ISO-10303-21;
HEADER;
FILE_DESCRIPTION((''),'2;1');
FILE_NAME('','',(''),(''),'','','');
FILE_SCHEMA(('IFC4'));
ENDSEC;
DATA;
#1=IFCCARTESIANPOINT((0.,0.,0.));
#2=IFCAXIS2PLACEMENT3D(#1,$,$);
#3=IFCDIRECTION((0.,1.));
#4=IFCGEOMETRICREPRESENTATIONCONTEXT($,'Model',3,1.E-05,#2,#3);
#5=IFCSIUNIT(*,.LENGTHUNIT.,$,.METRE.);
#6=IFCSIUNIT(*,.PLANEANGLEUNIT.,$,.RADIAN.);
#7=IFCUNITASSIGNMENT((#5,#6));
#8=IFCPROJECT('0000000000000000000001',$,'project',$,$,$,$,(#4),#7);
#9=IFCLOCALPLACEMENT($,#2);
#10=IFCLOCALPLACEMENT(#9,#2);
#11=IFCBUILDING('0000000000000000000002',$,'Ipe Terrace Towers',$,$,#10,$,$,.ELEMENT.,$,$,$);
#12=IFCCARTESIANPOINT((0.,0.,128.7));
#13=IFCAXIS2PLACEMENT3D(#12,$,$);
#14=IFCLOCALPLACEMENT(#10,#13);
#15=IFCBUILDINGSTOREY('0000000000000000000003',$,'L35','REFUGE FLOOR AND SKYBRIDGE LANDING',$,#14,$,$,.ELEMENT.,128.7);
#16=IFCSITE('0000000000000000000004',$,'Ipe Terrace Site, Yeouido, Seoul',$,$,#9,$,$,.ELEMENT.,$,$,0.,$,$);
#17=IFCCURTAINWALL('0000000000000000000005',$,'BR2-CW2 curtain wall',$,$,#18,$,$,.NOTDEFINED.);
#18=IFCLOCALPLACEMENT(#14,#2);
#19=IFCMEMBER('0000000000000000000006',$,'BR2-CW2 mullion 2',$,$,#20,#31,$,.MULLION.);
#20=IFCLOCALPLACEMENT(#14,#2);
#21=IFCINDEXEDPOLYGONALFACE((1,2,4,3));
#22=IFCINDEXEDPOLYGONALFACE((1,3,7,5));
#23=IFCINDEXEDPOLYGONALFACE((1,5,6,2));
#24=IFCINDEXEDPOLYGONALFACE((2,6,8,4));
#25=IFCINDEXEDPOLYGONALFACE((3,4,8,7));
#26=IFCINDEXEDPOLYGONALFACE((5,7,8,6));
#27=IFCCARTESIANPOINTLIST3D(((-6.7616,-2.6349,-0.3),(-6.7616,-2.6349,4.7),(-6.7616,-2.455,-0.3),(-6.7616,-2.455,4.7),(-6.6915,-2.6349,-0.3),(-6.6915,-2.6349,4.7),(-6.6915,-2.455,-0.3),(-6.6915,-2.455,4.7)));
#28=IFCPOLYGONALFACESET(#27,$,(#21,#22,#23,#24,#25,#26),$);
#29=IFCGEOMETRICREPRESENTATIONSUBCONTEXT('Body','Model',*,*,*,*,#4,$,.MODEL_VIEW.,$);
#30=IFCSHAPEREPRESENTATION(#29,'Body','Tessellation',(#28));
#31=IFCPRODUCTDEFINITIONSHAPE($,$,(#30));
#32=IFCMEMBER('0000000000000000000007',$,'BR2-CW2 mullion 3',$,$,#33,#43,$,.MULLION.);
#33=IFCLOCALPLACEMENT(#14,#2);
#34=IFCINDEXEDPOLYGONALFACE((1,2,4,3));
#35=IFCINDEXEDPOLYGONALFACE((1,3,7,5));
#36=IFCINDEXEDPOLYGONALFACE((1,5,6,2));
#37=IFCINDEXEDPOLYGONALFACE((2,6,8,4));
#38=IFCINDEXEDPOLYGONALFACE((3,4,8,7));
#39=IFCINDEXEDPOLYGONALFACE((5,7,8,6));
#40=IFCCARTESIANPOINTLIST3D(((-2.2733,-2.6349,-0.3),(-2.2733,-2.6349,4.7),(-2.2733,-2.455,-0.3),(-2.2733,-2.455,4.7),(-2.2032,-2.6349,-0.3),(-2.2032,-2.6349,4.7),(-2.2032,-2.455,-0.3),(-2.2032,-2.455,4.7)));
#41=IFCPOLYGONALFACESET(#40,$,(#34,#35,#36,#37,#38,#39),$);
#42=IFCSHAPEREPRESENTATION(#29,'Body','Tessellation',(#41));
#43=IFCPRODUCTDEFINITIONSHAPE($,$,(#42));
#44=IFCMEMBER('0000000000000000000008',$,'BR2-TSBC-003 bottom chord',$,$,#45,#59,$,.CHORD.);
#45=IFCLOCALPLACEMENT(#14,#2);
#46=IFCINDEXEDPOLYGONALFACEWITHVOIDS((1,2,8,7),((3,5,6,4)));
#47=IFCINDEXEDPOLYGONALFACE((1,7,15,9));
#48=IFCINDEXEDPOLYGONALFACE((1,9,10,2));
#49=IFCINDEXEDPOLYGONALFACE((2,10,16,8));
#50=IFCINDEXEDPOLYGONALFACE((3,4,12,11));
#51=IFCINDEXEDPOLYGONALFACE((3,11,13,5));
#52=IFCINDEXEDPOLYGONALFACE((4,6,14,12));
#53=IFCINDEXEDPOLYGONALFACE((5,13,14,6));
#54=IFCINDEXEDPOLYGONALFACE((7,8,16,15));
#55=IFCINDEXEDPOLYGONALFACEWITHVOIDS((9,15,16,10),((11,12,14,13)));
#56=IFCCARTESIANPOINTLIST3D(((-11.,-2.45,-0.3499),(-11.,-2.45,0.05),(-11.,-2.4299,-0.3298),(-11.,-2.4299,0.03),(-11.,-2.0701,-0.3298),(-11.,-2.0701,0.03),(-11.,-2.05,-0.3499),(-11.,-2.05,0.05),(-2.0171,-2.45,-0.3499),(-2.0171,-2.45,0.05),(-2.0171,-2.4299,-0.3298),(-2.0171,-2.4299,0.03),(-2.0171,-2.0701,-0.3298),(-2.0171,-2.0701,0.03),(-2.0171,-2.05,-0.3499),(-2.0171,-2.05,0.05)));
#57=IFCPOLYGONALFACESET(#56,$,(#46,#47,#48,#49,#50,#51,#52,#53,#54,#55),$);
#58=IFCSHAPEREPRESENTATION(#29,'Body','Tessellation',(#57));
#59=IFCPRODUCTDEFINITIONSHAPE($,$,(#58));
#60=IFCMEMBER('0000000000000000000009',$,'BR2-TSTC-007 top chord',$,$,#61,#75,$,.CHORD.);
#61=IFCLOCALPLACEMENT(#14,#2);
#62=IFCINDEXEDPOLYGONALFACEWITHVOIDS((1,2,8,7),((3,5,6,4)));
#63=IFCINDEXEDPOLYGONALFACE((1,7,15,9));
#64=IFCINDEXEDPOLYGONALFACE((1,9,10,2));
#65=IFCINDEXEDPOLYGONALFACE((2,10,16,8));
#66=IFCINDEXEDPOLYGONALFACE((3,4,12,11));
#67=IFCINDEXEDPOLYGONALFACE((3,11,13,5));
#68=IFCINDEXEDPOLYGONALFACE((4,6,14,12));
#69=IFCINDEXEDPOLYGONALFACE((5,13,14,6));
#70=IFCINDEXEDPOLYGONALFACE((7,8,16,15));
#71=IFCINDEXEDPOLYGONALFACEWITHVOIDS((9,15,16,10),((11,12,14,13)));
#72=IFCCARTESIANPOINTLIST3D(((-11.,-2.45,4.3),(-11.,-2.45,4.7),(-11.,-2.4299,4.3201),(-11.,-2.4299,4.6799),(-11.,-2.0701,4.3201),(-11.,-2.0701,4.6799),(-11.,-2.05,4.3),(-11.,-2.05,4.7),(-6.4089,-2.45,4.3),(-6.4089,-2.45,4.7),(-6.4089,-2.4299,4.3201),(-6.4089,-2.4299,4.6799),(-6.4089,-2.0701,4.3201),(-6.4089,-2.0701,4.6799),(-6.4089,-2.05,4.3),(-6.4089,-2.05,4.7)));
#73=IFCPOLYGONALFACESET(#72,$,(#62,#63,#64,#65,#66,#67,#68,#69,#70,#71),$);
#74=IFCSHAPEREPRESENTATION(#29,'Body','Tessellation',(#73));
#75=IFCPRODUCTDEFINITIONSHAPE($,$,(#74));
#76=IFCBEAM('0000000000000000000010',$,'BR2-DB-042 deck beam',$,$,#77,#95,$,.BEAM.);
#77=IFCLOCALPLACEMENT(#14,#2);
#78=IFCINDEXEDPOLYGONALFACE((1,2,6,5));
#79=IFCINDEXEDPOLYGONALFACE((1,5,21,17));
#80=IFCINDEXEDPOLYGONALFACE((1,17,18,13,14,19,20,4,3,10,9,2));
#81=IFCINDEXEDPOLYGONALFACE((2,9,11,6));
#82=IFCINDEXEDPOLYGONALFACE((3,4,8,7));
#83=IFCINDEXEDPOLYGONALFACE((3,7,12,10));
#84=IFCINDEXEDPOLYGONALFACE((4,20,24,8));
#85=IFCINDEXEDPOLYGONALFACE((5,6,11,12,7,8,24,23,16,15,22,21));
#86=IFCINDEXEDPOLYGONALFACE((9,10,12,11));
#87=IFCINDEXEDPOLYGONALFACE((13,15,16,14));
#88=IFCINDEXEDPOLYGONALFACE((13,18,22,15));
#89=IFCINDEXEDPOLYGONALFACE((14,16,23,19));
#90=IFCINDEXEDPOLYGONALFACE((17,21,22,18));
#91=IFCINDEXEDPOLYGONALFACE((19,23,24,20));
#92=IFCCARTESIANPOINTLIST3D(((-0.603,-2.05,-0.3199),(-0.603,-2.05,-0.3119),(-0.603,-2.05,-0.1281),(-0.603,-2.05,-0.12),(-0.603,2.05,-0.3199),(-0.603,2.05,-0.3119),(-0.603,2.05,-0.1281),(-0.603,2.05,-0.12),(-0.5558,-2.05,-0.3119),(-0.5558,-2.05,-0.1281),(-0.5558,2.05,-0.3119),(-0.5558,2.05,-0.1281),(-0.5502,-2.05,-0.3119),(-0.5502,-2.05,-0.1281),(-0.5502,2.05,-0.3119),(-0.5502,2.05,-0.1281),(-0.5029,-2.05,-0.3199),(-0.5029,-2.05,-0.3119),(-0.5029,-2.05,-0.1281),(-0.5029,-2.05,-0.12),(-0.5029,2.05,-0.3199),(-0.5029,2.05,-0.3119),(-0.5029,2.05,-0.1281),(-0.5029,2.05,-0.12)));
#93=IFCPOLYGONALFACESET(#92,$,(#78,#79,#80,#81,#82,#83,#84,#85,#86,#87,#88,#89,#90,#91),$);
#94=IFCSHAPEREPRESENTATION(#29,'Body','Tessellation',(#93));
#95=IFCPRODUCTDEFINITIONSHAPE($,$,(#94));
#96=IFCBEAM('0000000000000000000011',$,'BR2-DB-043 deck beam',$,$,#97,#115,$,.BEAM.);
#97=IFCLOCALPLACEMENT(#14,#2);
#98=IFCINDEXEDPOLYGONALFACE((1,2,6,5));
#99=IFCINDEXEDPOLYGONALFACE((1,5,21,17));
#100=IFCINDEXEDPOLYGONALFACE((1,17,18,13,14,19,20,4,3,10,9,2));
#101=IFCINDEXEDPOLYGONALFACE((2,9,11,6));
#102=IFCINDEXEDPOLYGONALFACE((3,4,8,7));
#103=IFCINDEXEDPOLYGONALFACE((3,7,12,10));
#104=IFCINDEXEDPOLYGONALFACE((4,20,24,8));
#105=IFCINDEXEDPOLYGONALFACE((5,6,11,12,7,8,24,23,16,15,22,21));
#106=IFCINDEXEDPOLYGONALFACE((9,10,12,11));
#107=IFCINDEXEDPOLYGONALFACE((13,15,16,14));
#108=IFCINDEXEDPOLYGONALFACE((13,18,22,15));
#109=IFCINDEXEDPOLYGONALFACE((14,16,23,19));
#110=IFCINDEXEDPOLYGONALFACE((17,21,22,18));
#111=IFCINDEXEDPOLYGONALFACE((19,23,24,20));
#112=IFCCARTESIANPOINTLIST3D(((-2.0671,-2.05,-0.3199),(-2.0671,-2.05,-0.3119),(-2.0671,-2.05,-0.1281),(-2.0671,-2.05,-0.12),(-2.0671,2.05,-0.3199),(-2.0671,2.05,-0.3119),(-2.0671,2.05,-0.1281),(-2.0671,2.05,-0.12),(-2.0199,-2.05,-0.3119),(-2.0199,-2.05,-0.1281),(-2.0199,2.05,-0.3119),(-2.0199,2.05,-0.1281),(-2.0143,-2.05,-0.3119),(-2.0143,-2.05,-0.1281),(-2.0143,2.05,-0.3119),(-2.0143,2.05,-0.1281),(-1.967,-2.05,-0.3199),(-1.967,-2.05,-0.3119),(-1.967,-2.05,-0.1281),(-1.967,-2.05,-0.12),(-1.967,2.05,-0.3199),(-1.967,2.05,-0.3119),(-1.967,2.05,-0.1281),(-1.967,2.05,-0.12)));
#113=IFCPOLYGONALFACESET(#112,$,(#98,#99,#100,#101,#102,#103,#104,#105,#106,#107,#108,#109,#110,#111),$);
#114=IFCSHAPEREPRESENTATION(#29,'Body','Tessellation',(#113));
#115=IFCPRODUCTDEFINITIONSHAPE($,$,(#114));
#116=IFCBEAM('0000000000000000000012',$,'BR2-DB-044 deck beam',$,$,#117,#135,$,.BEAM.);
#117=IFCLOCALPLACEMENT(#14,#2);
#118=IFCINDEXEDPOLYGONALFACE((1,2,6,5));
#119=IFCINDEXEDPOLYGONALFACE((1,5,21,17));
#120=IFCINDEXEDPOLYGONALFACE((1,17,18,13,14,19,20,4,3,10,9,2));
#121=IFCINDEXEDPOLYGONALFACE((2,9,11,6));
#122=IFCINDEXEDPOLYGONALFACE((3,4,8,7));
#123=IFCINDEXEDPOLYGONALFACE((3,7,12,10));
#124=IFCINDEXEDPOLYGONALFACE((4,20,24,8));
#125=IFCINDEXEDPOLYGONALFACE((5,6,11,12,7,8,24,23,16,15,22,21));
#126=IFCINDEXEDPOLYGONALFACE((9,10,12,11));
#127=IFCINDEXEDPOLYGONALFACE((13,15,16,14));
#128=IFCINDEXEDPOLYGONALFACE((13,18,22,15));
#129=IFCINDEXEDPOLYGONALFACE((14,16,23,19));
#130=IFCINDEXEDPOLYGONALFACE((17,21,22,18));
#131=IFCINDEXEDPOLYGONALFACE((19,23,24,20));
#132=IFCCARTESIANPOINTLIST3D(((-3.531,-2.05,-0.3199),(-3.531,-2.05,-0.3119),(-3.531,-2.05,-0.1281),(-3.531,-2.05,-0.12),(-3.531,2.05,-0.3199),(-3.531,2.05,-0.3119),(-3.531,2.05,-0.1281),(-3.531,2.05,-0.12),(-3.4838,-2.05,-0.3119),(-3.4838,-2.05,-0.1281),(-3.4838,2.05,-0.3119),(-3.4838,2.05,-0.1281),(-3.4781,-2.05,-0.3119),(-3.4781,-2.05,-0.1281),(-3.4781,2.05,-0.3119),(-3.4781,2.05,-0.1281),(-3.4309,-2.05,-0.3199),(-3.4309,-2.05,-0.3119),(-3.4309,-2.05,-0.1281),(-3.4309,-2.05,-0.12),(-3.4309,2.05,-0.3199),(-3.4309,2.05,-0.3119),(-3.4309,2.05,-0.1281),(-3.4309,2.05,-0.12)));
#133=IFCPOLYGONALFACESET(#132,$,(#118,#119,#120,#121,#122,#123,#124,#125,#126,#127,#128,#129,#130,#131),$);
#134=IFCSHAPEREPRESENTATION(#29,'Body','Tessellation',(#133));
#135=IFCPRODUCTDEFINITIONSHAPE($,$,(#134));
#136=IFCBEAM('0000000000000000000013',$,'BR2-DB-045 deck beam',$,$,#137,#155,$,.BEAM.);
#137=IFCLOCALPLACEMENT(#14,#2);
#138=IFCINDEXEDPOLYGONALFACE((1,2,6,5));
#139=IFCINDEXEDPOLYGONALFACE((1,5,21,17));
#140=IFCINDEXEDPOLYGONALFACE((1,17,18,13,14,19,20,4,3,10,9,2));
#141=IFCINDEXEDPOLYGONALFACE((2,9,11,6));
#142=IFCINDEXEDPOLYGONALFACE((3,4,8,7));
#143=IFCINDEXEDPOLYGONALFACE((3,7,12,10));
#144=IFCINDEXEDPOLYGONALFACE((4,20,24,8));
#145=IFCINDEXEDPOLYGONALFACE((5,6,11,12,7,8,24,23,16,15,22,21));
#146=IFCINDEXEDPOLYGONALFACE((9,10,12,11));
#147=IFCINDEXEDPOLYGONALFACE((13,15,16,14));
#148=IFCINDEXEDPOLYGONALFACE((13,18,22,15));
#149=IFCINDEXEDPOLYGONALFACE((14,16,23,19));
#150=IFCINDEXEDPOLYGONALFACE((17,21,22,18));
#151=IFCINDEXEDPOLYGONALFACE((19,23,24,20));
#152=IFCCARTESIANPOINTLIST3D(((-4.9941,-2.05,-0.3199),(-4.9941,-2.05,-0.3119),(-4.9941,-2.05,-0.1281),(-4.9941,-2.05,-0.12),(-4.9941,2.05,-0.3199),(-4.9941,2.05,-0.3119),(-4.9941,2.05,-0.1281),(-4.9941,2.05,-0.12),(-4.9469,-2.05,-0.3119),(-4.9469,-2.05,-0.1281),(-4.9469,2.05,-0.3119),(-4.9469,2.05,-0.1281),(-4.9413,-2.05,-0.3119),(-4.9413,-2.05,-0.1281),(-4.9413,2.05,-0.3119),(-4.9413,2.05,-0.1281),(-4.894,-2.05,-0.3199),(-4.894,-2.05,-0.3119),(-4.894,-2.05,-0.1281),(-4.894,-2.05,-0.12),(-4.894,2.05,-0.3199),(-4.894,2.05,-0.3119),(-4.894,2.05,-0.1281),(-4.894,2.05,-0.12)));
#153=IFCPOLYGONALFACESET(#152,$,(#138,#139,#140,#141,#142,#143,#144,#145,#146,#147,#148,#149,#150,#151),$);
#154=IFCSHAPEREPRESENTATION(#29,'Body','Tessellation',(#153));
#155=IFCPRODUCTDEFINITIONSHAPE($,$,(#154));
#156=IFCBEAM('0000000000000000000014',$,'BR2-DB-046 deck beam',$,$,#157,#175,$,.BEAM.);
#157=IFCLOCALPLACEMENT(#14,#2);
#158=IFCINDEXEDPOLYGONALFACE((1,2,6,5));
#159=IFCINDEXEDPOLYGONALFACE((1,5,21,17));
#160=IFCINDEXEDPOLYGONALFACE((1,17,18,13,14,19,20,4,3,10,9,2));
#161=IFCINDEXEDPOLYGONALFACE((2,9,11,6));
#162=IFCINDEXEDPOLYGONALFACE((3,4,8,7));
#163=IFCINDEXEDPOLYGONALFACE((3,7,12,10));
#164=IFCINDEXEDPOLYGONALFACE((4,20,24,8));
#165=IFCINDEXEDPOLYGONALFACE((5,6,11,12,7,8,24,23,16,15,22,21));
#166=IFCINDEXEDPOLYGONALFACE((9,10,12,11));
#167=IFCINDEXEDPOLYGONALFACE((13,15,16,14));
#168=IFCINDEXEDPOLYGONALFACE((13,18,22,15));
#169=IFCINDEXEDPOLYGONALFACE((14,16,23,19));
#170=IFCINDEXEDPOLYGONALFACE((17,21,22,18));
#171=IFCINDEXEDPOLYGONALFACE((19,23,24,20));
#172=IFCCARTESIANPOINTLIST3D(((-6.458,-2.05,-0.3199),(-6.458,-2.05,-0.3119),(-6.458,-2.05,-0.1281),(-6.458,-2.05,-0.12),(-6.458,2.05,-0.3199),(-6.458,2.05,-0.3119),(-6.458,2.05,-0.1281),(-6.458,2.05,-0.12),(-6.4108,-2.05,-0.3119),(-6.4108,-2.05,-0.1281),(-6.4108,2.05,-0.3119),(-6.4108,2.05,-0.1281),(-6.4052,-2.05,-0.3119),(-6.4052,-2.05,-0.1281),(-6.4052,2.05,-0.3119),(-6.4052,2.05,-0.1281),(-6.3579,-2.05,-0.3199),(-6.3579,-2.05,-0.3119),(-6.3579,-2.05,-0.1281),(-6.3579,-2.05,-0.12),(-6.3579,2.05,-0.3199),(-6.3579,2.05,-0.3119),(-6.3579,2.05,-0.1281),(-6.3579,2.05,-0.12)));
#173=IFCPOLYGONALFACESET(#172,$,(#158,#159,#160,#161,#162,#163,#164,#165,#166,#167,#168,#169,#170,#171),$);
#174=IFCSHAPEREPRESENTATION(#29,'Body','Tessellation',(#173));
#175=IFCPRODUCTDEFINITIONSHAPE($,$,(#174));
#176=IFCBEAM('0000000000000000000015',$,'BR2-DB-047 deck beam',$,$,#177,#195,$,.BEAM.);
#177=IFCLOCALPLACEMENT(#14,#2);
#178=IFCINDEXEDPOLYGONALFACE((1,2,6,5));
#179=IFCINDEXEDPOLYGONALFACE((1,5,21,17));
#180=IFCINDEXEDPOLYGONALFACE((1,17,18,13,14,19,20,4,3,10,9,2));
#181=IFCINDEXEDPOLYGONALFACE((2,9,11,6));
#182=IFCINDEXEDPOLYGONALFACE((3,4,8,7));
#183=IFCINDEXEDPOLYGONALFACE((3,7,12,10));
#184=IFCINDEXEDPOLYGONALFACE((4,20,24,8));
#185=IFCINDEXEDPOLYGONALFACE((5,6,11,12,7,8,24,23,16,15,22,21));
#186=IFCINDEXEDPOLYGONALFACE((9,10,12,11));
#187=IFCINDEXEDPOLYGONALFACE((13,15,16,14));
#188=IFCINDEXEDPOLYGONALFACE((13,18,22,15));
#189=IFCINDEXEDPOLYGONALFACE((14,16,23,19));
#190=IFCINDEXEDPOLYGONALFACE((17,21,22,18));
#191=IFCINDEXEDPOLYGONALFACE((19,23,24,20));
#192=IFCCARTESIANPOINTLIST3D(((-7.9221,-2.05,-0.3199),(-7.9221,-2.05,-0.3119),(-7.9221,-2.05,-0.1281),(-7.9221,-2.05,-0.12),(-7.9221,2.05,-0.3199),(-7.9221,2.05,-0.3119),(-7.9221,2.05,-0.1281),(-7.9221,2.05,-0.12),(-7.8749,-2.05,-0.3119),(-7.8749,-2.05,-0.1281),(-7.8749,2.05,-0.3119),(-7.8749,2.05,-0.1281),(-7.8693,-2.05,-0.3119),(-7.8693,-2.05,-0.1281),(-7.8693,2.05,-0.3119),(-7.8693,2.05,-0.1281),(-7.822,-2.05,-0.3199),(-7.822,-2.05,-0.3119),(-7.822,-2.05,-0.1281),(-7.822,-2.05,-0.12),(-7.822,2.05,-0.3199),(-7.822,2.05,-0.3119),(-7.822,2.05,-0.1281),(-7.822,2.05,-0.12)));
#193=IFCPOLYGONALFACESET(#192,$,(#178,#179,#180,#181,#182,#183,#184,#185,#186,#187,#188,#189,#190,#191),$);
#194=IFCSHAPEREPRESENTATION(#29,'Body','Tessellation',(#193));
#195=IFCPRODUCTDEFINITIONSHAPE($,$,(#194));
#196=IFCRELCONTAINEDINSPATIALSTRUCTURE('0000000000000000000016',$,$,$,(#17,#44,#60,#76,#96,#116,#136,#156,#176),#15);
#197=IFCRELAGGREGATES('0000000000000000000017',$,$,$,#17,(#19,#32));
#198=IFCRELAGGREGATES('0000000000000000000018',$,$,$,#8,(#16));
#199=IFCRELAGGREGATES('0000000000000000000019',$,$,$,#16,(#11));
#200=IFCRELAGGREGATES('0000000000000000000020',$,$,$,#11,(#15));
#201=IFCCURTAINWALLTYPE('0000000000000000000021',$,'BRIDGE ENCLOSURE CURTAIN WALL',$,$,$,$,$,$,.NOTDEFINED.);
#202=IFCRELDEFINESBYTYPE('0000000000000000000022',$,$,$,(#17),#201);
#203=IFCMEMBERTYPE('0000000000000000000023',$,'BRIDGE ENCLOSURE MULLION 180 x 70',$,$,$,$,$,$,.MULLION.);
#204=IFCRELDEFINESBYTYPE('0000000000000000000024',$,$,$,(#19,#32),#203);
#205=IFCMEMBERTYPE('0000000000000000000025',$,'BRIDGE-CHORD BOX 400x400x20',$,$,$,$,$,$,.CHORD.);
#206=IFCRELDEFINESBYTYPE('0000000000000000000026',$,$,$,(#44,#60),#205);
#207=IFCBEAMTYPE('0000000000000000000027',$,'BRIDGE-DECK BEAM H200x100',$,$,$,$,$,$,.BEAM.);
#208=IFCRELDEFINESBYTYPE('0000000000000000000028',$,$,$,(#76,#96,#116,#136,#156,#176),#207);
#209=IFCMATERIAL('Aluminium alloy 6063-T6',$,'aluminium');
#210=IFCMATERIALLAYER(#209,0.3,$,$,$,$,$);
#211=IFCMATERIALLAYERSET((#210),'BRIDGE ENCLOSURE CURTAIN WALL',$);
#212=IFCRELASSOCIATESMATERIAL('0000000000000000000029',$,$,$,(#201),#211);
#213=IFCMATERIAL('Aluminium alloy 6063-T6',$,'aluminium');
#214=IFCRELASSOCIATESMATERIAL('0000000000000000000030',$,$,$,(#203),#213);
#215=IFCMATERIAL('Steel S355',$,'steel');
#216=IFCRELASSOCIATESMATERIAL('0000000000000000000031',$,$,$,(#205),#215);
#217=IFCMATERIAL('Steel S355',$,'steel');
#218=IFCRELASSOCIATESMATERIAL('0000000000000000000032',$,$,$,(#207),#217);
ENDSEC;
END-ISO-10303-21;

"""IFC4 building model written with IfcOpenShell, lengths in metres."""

from ifc_helpers import new_model, si_unit, direction, frame, origin, origin_2d, place, context, subcontext, project, spatial, rectangle, hollow_rectangle, i_section, extrude, material, layer, layer_set, material_profile, profile_set, type_object, element, aggregate, save


model = new_model("IFC4")

# Units and contexts
model_context = context("Model", 3, precision=1e-05, world=origin(), true_north=direction((0.0, 1.0)))
body_context = subcontext(model_context, "Body", "Model", "MODEL_VIEW")
ifc_project = project(units=[si_unit("LENGTHUNIT", "METRE"), si_unit("PLANEANGLEUNIT", "RADIAN")], contexts=[model_context])

# Site, building, storey
site_placement = place(None, origin())
site = spatial("IfcSite", under=ifc_project, at=site_placement, Name="Ipe Terrace Site, Yeouido, Seoul", CompositionType="ELEMENT", RefElevation=0.0)
building_placement = place(site_placement, origin())
building = spatial("IfcBuilding", under=site, at=building_placement, Name="Ipe Terrace Towers", CompositionType="ELEMENT")
storey_placement = place(building_placement, frame((0.0, 0.0, 128.7)))
storey = spatial("IfcBuildingStorey", under=building, at=storey_placement, Name="L35", Description="REFUGE FLOOR AND SKYBRIDGE LANDING", CompositionType="ELEMENT", Elevation=128.7)

# Curtain wall, members
ifc_material_1 = material(Name="Aluminium alloy 6063-T6", Category="aluminium")
ifc_layer_1 = layer(ifc_material_1, 0.3)
ifc_layer_set_1 = layer_set([ifc_layer_1], Name="BRIDGE ENCLOSURE CURTAIN WALL")
curtain_wall_type = type_object("IfcCurtainWallType", Name="BRIDGE ENCLOSURE CURTAIN WALL", PredefinedType="NOTDEFINED", material=ifc_layer_set_1)
curtain_wall_placement = place(storey_placement, origin())
curtain_wall = element("IfcCurtainWall", 1, at=curtain_wall_placement, inside=storey, type_object=curtain_wall_type, Name="BR2-CW2 curtain wall", PredefinedType="NOTDEFINED")
ifc_material_2 = material(Name="Aluminium alloy 6063-T6", Category="aluminium")
ifc_material_profile_1 = material_profile(ifc_material_2, rectangle(XDim=0.1799, YDim=0.0701, at=origin_2d()), Name="BRIDGE ENCLOSURE MULLION 180 x 70")
ifc_profile_set_1 = profile_set([ifc_material_profile_1], Name="Aluminium alloy 6063-T6")
member_type_1 = type_object("IfcMemberType", Name="BRIDGE ENCLOSURE MULLION 180 x 70", PredefinedType="MULLION", material=ifc_profile_set_1)
member_1_placement = place(storey_placement, frame((-6.7266, -2.5449, -0.3), z_axis=(0.0, 0.0, 1.0), x_axis=(0.0, -1.0, 0.0)))
member_1 = element("IfcMember", 2, at=member_1_placement, type_object=member_type_1, Name="BR2-CW2 mullion 2", PredefinedType="MULLION", context=body_context, shape_type="SweptSolid", body=[
    extrude(rectangle(XDim=0.1799, YDim=0.0701, at=origin_2d()), origin(), (0.0, 0.0, 1.0), 5.0),
])
member_2_placement = place(storey_placement, frame((-2.2383, -2.5449, -0.3), z_axis=(0.0, 0.0, 1.0), x_axis=(0.0, -1.0, 0.0)))
member_2 = element("IfcMember", 3, at=member_2_placement, type_object=member_type_1, Name="BR2-CW2 mullion 3", PredefinedType="MULLION", context=body_context, shape_type="SweptSolid", body=[
    extrude(rectangle(XDim=0.1799, YDim=0.0701, at=origin_2d()), origin(), (0.0, 0.0, 1.0), 5.0),
])

# Members
ifc_material_3 = material(Name="Steel S355", Category="steel")
ifc_material_profile_2 = material_profile(ifc_material_3, hollow_rectangle(XDim=0.3999, YDim=0.3999, WallThickness=0.02, at=origin_2d()), Name="BRIDGE-CHORD BOX 400x400x20")
ifc_profile_set_2 = profile_set([ifc_material_profile_2], Name="Steel S355")
member_type_2 = type_object("IfcMemberType", Name="BRIDGE-CHORD BOX 400x400x20", PredefinedType="CHORD", material=ifc_profile_set_2)
member_3_placement = place(storey_placement, frame((-2.0171, -2.25, -0.1499), z_axis=(-1.0, 0.0, 0.0), x_axis=(0.0, -1.0, 0.0)))
element("IfcMember", 4, at=member_3_placement, inside=storey, type_object=member_type_2, Name="BR2-TSBC-003 bottom chord", PredefinedType="CHORD", context=body_context, shape_type="SweptSolid", body=[
    extrude(hollow_rectangle(XDim=0.3999, YDim=0.3999, WallThickness=0.02, at=origin_2d()), origin(), (0.0, 0.0, 1.0), 8.9829),
])
member_4_placement = place(storey_placement, frame((-6.4089, -2.25, 4.5), z_axis=(-1.0, 0.0, 0.0), x_axis=(0.0, -1.0, 0.0)))
element("IfcMember", 5, at=member_4_placement, inside=storey, type_object=member_type_2, Name="BR2-TSTC-007 top chord", PredefinedType="CHORD", context=body_context, shape_type="SweptSolid", body=[
    extrude(hollow_rectangle(XDim=0.3999, YDim=0.3999, WallThickness=0.02, at=origin_2d()), origin(), (0.0, 0.0, 1.0), 4.5911),
])

# Beams
ifc_material_4 = material(Name="Steel S355", Category="steel")
ifc_material_profile_3 = material_profile(ifc_material_4, i_section(OverallWidth=0.1001, OverallDepth=0.2, WebThickness=0.0056, FlangeThickness=0.0081, at=origin_2d()), Name="H200x100")
ifc_profile_set_3 = profile_set([ifc_material_profile_3], Name="Steel S355")
beam_type_1 = type_object("IfcBeamType", Name="BRIDGE-DECK BEAM H200x100", PredefinedType="BEAM", material=ifc_profile_set_3)
for number, where, z_axis, x_axis, name in (
    (6, (-0.553, -2.05, -0.22), (0.0, 1.0, 0.0), (-1.0, 0.0, 0.0), "BR2-DB-042 deck beam"),
    (7, (-2.0171, -2.05, -0.22), (0.0, 1.0, 0.0), (-1.0, 0.0, 0.0), "BR2-DB-043 deck beam"),
    (8, (-3.481, -2.05, -0.22), (0.0, 1.0, 0.0), (-1.0, 0.0, 0.0), "BR2-DB-044 deck beam"),
    (9, (-4.9441, -2.05, -0.22), (0.0, 1.0, 0.0), (-1.0, 0.0, 0.0), "BR2-DB-045 deck beam"),
    (10, (-6.408, -2.05, -0.22), (0.0, 1.0, 0.0), (-1.0, 0.0, 0.0), "BR2-DB-046 deck beam"),
    (11, (-7.8721, -2.05, -0.22), (0.0, 1.0, 0.0), (-1.0, 0.0, 0.0), "BR2-DB-047 deck beam"),
):
    element("IfcBeam", number, at=place(storey_placement, frame(where, z_axis=z_axis, x_axis=x_axis)), inside=storey, type_object=beam_type_1, Name=name, PredefinedType="BEAM", context=body_context, shape_type="SweptSolid", body=[
        extrude(i_section(OverallWidth=0.1001, OverallDepth=0.2, WebThickness=0.0056, FlangeThickness=0.0081, at=origin_2d()), origin(), (0.0, 0.0, 1.0), 4.1001),
    ])

aggregate(curtain_wall, [member_1, member_2])

save(model, "model.ifc")
